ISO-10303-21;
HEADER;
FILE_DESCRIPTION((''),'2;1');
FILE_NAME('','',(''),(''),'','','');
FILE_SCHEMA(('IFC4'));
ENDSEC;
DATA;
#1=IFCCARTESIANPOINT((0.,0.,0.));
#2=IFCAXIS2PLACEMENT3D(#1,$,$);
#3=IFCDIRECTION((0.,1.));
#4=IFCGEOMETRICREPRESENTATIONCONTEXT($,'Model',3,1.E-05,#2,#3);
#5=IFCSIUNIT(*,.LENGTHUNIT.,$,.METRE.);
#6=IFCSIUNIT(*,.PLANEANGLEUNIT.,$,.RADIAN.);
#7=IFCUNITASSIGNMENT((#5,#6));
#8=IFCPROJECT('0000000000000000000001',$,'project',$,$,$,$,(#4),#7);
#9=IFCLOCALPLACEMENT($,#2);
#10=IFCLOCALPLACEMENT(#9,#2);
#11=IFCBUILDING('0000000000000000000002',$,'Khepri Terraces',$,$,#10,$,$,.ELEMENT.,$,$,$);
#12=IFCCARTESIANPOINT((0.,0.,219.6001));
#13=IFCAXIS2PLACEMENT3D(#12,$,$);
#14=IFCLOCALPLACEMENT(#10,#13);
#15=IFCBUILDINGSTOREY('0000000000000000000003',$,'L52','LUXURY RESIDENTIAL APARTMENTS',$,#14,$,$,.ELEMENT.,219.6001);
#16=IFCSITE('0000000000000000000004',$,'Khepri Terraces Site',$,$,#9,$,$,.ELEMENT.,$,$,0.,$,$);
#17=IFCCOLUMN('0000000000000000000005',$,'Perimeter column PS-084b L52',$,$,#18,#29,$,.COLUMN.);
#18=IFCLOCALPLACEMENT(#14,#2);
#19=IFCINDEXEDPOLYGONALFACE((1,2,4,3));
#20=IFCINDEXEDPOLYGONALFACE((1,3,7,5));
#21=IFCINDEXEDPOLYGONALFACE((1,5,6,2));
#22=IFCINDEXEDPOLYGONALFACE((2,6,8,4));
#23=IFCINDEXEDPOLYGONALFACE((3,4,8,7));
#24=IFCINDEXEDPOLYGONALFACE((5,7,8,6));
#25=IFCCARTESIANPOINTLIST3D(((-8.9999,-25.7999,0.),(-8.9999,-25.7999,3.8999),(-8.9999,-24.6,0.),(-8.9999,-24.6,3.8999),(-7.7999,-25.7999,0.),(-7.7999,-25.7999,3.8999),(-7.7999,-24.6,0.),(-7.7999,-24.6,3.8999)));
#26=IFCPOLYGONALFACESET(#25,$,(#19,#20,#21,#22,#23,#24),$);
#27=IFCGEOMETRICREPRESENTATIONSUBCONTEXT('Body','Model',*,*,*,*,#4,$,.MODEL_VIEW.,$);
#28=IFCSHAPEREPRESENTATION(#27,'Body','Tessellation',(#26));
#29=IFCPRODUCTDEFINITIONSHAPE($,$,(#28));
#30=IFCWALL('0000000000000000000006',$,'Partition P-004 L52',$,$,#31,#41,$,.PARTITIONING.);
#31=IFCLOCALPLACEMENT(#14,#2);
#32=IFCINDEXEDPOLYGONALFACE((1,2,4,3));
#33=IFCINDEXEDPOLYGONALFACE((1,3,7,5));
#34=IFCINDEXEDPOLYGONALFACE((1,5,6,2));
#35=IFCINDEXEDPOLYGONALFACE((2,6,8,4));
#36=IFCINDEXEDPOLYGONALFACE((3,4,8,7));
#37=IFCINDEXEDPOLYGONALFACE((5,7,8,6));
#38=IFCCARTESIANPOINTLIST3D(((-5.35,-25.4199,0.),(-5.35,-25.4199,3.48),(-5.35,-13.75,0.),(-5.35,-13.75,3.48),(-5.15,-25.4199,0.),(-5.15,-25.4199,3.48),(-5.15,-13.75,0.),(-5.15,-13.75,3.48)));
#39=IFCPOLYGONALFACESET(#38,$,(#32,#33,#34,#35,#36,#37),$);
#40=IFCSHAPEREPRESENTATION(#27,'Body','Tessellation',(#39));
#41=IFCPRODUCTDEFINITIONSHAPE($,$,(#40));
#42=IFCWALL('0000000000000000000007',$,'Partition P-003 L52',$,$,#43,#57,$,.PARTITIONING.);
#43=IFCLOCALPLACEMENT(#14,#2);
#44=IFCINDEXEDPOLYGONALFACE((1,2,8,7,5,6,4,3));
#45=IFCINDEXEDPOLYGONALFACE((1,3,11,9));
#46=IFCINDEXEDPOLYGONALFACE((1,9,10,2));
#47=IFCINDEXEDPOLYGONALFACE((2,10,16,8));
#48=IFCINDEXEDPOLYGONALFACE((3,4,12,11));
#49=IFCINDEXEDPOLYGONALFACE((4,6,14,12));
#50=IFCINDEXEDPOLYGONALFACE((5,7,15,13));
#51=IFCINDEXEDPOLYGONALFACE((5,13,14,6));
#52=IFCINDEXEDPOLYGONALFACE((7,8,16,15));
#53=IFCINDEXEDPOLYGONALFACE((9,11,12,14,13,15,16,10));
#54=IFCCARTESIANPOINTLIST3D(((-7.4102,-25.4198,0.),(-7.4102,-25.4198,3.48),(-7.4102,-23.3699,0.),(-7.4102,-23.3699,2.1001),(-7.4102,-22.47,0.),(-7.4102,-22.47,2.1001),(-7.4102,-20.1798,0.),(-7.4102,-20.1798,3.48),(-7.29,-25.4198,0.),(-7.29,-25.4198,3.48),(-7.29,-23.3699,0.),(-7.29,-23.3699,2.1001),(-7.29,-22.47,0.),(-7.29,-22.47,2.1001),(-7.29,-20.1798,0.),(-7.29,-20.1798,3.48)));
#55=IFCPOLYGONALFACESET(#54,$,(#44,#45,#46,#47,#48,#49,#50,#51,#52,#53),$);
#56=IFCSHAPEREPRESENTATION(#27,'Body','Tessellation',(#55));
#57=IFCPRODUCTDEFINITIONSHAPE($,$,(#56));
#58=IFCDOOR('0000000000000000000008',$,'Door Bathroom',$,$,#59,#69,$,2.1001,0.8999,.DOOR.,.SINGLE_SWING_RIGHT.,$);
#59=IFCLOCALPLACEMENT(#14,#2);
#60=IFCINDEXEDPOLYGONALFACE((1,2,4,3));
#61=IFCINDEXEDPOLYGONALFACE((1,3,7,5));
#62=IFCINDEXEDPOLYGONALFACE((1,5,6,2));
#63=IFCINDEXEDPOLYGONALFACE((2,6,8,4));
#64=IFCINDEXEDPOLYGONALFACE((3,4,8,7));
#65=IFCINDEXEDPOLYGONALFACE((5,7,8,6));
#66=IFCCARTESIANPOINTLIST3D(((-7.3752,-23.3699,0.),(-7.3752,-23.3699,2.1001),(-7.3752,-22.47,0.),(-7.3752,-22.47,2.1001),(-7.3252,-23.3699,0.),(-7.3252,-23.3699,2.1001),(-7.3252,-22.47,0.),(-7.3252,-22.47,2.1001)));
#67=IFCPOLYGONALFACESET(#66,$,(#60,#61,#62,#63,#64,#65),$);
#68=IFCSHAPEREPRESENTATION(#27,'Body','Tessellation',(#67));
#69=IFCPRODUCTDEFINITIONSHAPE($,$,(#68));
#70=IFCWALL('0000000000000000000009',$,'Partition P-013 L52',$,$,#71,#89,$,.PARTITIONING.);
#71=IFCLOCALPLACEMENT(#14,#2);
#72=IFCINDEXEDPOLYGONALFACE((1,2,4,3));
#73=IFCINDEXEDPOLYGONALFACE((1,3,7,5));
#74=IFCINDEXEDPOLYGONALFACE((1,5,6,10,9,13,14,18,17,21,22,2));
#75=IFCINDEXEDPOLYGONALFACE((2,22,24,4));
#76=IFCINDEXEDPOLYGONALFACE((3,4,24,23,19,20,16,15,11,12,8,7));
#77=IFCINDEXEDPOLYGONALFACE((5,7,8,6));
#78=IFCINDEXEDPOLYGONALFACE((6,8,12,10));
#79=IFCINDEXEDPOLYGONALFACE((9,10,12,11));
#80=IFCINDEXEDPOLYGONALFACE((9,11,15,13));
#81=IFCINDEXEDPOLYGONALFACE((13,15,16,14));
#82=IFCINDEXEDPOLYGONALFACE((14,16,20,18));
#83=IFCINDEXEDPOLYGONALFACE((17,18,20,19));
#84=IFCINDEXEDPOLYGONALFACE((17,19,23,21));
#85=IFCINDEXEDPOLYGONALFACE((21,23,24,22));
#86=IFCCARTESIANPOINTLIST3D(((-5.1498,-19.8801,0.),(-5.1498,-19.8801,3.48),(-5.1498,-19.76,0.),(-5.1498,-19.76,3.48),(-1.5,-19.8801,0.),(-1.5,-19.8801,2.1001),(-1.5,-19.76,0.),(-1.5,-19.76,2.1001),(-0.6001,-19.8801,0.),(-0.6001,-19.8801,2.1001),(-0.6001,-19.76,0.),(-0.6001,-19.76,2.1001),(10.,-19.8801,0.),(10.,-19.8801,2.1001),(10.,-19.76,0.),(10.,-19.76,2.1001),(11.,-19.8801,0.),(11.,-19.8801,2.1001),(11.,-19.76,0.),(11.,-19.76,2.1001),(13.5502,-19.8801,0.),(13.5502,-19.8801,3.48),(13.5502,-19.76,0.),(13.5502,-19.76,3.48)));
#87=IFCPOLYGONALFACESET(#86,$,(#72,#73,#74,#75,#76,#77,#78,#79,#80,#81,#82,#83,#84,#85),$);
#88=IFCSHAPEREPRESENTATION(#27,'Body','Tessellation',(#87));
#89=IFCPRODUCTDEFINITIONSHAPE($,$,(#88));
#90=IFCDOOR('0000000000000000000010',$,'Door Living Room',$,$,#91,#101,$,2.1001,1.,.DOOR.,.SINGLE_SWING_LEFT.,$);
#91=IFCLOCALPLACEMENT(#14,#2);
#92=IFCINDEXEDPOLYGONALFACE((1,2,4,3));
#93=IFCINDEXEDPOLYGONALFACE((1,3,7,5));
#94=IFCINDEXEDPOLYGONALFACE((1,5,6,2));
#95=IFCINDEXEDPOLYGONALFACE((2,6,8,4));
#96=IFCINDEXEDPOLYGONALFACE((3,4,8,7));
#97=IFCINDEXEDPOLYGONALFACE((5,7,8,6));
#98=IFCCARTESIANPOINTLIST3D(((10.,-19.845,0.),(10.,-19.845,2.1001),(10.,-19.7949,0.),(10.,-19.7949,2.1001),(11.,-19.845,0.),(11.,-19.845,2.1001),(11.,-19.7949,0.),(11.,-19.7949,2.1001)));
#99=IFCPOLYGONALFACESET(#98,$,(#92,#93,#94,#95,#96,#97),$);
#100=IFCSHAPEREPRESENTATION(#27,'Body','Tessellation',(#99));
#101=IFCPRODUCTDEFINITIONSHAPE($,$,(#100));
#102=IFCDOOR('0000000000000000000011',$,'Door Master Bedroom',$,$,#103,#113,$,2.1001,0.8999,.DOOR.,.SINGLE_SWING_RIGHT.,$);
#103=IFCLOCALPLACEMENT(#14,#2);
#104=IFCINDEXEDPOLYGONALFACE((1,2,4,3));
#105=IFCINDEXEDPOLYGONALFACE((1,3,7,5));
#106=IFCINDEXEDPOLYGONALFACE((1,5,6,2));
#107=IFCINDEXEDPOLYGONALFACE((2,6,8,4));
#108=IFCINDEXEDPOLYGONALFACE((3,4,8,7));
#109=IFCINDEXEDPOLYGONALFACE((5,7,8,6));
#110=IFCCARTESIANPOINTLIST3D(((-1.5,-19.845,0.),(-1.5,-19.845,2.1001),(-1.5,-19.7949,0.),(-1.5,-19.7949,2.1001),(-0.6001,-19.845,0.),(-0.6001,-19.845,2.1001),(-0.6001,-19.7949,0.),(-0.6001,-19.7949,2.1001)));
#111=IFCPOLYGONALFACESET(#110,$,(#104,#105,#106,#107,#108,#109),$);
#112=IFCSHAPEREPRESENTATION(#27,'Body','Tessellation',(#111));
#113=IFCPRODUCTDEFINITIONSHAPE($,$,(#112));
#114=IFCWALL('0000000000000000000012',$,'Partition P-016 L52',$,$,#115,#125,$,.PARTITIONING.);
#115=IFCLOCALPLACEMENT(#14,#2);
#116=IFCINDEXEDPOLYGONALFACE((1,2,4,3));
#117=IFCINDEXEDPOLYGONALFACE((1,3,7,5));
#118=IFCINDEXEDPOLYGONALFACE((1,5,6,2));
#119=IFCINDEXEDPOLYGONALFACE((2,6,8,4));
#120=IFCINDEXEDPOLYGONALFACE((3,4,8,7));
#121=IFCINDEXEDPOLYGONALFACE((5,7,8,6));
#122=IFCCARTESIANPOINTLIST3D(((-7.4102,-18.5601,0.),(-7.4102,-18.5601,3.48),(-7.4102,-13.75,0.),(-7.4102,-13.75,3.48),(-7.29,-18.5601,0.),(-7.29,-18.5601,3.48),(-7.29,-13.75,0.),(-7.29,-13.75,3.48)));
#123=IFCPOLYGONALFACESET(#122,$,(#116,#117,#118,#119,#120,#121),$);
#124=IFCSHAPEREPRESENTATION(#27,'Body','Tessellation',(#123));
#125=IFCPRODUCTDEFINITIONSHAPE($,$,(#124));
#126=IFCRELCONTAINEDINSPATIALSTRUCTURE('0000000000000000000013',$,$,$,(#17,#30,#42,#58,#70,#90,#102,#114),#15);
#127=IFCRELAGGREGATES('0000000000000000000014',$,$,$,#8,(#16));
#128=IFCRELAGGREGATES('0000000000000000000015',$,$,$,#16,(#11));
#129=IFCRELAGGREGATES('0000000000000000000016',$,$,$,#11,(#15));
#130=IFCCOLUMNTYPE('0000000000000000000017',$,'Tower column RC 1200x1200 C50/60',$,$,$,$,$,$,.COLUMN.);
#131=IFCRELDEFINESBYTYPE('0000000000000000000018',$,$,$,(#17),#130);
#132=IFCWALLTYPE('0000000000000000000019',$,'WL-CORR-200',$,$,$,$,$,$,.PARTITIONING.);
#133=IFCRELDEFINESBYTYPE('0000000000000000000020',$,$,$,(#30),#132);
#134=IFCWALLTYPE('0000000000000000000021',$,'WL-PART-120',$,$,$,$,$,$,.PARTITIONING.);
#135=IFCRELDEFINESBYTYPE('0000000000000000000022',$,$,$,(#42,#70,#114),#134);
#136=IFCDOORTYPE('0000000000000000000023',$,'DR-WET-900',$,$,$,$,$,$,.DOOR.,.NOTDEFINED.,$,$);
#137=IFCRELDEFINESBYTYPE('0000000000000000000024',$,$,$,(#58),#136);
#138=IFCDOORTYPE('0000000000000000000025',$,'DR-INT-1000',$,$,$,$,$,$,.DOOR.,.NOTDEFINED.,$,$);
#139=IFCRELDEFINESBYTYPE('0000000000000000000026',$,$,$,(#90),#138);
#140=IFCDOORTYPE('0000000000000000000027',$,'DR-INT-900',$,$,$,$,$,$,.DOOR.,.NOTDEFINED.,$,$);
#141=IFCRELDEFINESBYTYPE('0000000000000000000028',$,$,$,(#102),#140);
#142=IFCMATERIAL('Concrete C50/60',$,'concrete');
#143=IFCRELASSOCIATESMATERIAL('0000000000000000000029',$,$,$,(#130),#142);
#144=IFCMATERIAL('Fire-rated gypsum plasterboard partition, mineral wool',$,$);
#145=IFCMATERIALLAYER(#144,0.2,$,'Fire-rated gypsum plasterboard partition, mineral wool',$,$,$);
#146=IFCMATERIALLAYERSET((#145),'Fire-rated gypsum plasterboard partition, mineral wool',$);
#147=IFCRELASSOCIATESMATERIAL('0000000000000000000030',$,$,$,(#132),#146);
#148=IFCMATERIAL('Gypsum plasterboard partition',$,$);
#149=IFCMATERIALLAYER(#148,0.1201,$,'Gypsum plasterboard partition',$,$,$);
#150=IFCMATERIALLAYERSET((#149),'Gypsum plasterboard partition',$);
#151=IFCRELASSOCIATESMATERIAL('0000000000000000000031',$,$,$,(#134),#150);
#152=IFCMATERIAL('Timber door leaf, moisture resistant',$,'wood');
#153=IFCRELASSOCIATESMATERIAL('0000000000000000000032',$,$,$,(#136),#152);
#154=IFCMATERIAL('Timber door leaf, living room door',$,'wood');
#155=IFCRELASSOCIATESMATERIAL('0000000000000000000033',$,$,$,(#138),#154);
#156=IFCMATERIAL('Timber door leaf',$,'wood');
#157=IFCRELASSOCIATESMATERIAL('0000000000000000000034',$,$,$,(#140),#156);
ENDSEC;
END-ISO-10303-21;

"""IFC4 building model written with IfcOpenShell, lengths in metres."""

from ifc_helpers import new_model, si_unit, direction, frame, frame_2d, origin, origin_2d, place, context, subcontext, project, spatial, rectangle, extrude, material, layer, layer_set, material_profile, profile_set, type_object, element, fill, save


model = new_model("IFC4")

# Units and contexts
model_context = context("Model", 3, precision=1e-05, world=origin(), true_north=direction((0.0, 1.0)))
body_context = subcontext(model_context, "Body", "Model", "MODEL_VIEW")
ifc_project = project(units=[si_unit("LENGTHUNIT", "METRE"), si_unit("PLANEANGLEUNIT", "RADIAN")], contexts=[model_context])

# Site, building, storey
site_placement = place(None, origin())
site = spatial("IfcSite", under=ifc_project, at=site_placement, Name="Khepri Terraces Site", CompositionType="ELEMENT", RefElevation=0.0)
building_placement = place(site_placement, origin())
building = spatial("IfcBuilding", under=site, at=building_placement, Name="Khepri Terraces", CompositionType="ELEMENT")
storey_placement = place(building_placement, frame((0.0, 0.0, 219.6001)))
storey = spatial("IfcBuildingStorey", under=building, at=storey_placement, Name="L52", Description="LUXURY RESIDENTIAL APARTMENTS", CompositionType="ELEMENT", Elevation=219.6001)

# Column
ifc_material_1 = material(Name="Concrete C50/60", Category="concrete")
ifc_material_profile = material_profile(ifc_material_1, rectangle(XDim=1.2, YDim=1.2, at=origin_2d()), Name="Concrete C50/60", Category="concrete")
ifc_profile_set = profile_set([ifc_material_profile], Name="Concrete C50/60")
column_type = type_object("IfcColumnType", Name="Tower column RC 1200x1200 C50/60", PredefinedType="COLUMN", material=ifc_profile_set)
column_placement = place(storey_placement, frame((-8.3999, -25.2, 0.0), z_axis=(0.0, 0.0, 1.0), x_axis=(1.0, 0.0, 0.0)))
element("IfcColumn", 1, at=column_placement, inside=storey, type_object=column_type, Name="Perimeter column PS-084b L52", PredefinedType="COLUMN", context=body_context, shape_type="SweptSolid", body=[
    extrude(rectangle(XDim=1.2, YDim=1.2, at=origin_2d()), origin(), (0.0, 0.0, 1.0), 3.8999),
])

# Wall
ifc_material_2 = material(Name="Fire-rated gypsum plasterboard partition, mineral wool")
ifc_layer_1 = layer(ifc_material_2, 0.2, Name="Fire-rated gypsum plasterboard partition, mineral wool")
ifc_layer_set_1 = layer_set([ifc_layer_1], Name="Fire-rated gypsum plasterboard partition, mineral wool")
wall_type_1 = type_object("IfcWallType", Name="WL-CORR-200", PredefinedType="PARTITIONING", material=ifc_layer_set_1)
wall_1_placement = place(storey_placement, frame((-5.25, -25.4199, 0.0), z_axis=(0.0, 0.0, 1.0), x_axis=(0.0, 1.0, 0.0)))
element("IfcWall", 2, at=wall_1_placement, inside=storey, type_object=wall_type_1, Name="Partition P-004 L52", PredefinedType="PARTITIONING", context=body_context, shape_type="SweptSolid", body=[
    extrude(rectangle(XDim=11.6699, YDim=0.2, at=frame_2d((5.835, 0.0))), origin(), (0.0, 0.0, 1.0), 3.48),
])

# Wall, opening, door
ifc_material_3 = material(Name="Gypsum plasterboard partition")
ifc_layer_2 = layer(ifc_material_3, 0.1201, Name="Gypsum plasterboard partition")
ifc_layer_set_2 = layer_set([ifc_layer_2], Name="Gypsum plasterboard partition")
wall_type_2 = type_object("IfcWallType", Name="WL-PART-120", PredefinedType="PARTITIONING", material=ifc_layer_set_2)
wall_2_placement = place(storey_placement, frame((-7.3501, -25.4199, 0.0), z_axis=(0.0, 0.0, 1.0), x_axis=(0.0, 1.0, 0.0)))
wall_2 = element("IfcWall", 3, at=wall_2_placement, inside=storey, type_object=wall_type_2, Name="Partition P-003 L52", PredefinedType="PARTITIONING", context=body_context, shape_type="SweptSolid", body=[
    extrude(rectangle(XDim=5.24, YDim=0.1201, at=frame_2d((2.6201, 0.0))), origin(), (0.0, 0.0, 1.0), 3.48),
])
opening_1_placement = place(wall_2_placement, frame((2.05, 0.0, 0.0)))
opening_1 = element("IfcOpeningElement", 4, at=opening_1_placement, cuts=wall_2, PredefinedType="OPENING", context=body_context, shape_type="SweptSolid", body=[
    extrude(rectangle(XDim=0.8999, YDim=2.1001, at=frame_2d((0.45, 1.05))), frame((0.0, 0.0701, 0.0), z_axis=(0.0, -1.0, 0.0), x_axis=(1.0, 0.0, 0.0)), (0.0, 0.0, 1.0), 0.1401),
])
ifc_material_4 = material(Name="Timber door leaf, moisture resistant", Category="wood")
door_type_1 = type_object("IfcDoorType", Name="DR-WET-900", OperationType="NOTDEFINED", PredefinedType="DOOR", material=ifc_material_4)
door_1_placement = place(opening_1_placement, frame((0.8999, 0.0, 0.0), z_axis=(0.0, 0.0, 1.0), x_axis=(-1.0, 0.0, 0.0)))
door_1 = element("IfcDoor", 5, at=door_1_placement, inside=storey, type_object=door_type_1, Name="Door Bathroom", OperationType="SINGLE_SWING_RIGHT", OverallHeight=2.1001, OverallWidth=0.8999, PredefinedType="DOOR", context=body_context, shape_type="SweptSolid", body=[
    extrude(rectangle(XDim=0.8999, YDim=2.1001, at=frame_2d((0.45, 1.05))), frame((0.0, 0.0249, 0.0), z_axis=(0.0, -1.0, 0.0), x_axis=(1.0, 0.0, 0.0)), (0.0, 0.0, 1.0), 0.05),
])
fill(opening_1, door_1)

# Wall, openings, doors
wall_3_placement = place(storey_placement, frame((-5.1499, -19.8201, 0.0), z_axis=(0.0, 0.0, 1.0), x_axis=(1.0, 0.0, 0.0)))
wall_3 = element("IfcWall", 6, at=wall_3_placement, inside=storey, type_object=wall_type_2, Name="Partition P-013 L52", PredefinedType="PARTITIONING", context=body_context, shape_type="SweptSolid", body=[
    extrude(rectangle(XDim=18.7, YDim=0.1201, at=frame_2d((9.3501, 0.0))), origin(), (0.0, 0.0, 1.0), 3.48),
])
opening_2_placement = place(wall_3_placement, frame((3.6499, 0.0, 0.0)))
opening_2 = element("IfcOpeningElement", 7, at=opening_2_placement, cuts=wall_3, PredefinedType="OPENING", context=body_context, shape_type="SweptSolid", body=[
    extrude(rectangle(XDim=0.8999, YDim=2.1001, at=frame_2d((0.45, 1.05))), frame((0.0, 0.0701, 0.0), z_axis=(0.0, -1.0, 0.0), x_axis=(1.0, 0.0, 0.0)), (0.0, 0.0, 1.0), 0.1401),
])
opening_3_placement = place(wall_3_placement, frame((15.1499, 0.0, 0.0)))
opening_3 = element("IfcOpeningElement", 8, at=opening_3_placement, cuts=wall_3, PredefinedType="OPENING", context=body_context, shape_type="SweptSolid", body=[
    extrude(rectangle(XDim=1.0, YDim=2.1001, at=frame_2d((0.5, 1.05))), frame((0.0, 0.0701, 0.0), z_axis=(0.0, -1.0, 0.0), x_axis=(1.0, 0.0, 0.0)), (0.0, 0.0, 1.0), 0.1401),
])
ifc_material_5 = material(Name="Timber door leaf, living room door", Category="wood")
door_type_2 = type_object("IfcDoorType", Name="DR-INT-1000", OperationType="NOTDEFINED", PredefinedType="DOOR", material=ifc_material_5)
door_2_placement = place(opening_3_placement, frame((1.0, 0.0, 0.0), z_axis=(0.0, 0.0, 1.0), x_axis=(-1.0, 0.0, 0.0)))
door_2 = element("IfcDoor", 9, at=door_2_placement, inside=storey, type_object=door_type_2, Name="Door Living Room", OperationType="SINGLE_SWING_LEFT", OverallHeight=2.1001, OverallWidth=1.0, PredefinedType="DOOR", context=body_context, shape_type="SweptSolid", body=[
    extrude(rectangle(XDim=1.0, YDim=2.1001, at=frame_2d((0.5, 1.05))), frame((0.0, 0.0249, 0.0), z_axis=(0.0, -1.0, 0.0), x_axis=(1.0, 0.0, 0.0)), (0.0, 0.0, 1.0), 0.05),
])
fill(opening_3, door_2)
ifc_material_6 = material(Name="Timber door leaf", Category="wood")
door_type_3 = type_object("IfcDoorType", Name="DR-INT-900", OperationType="NOTDEFINED", PredefinedType="DOOR", material=ifc_material_6)
door_3_placement = place(opening_2_placement, frame((0.8999, 0.0, 0.0), z_axis=(0.0, 0.0, 1.0), x_axis=(-1.0, 0.0, 0.0)))
door_3 = element("IfcDoor", 10, at=door_3_placement, inside=storey, type_object=door_type_3, Name="Door Master Bedroom", OperationType="SINGLE_SWING_RIGHT", OverallHeight=2.1001, OverallWidth=0.8999, PredefinedType="DOOR", context=body_context, shape_type="SweptSolid", body=[
    extrude(rectangle(XDim=0.8999, YDim=2.1001, at=frame_2d((0.45, 1.05))), frame((0.0, 0.0249, 0.0), z_axis=(0.0, -1.0, 0.0), x_axis=(1.0, 0.0, 0.0)), (0.0, 0.0, 1.0), 0.05),
])
fill(opening_2, door_3)

# Wall
wall_4_placement = place(storey_placement, frame((-7.3501, -18.5601, 0.0), z_axis=(0.0, 0.0, 1.0), x_axis=(0.0, 1.0, 0.0)))
element("IfcWall", 11, at=wall_4_placement, inside=storey, type_object=wall_type_2, Name="Partition P-016 L52", PredefinedType="PARTITIONING", context=body_context, shape_type="SweptSolid", body=[
    extrude(rectangle(XDim=4.8101, YDim=0.1201, at=frame_2d((2.405, 0.0))), origin(), (0.0, 0.0, 1.0), 3.48),
])

save(model, "model.ifc")
